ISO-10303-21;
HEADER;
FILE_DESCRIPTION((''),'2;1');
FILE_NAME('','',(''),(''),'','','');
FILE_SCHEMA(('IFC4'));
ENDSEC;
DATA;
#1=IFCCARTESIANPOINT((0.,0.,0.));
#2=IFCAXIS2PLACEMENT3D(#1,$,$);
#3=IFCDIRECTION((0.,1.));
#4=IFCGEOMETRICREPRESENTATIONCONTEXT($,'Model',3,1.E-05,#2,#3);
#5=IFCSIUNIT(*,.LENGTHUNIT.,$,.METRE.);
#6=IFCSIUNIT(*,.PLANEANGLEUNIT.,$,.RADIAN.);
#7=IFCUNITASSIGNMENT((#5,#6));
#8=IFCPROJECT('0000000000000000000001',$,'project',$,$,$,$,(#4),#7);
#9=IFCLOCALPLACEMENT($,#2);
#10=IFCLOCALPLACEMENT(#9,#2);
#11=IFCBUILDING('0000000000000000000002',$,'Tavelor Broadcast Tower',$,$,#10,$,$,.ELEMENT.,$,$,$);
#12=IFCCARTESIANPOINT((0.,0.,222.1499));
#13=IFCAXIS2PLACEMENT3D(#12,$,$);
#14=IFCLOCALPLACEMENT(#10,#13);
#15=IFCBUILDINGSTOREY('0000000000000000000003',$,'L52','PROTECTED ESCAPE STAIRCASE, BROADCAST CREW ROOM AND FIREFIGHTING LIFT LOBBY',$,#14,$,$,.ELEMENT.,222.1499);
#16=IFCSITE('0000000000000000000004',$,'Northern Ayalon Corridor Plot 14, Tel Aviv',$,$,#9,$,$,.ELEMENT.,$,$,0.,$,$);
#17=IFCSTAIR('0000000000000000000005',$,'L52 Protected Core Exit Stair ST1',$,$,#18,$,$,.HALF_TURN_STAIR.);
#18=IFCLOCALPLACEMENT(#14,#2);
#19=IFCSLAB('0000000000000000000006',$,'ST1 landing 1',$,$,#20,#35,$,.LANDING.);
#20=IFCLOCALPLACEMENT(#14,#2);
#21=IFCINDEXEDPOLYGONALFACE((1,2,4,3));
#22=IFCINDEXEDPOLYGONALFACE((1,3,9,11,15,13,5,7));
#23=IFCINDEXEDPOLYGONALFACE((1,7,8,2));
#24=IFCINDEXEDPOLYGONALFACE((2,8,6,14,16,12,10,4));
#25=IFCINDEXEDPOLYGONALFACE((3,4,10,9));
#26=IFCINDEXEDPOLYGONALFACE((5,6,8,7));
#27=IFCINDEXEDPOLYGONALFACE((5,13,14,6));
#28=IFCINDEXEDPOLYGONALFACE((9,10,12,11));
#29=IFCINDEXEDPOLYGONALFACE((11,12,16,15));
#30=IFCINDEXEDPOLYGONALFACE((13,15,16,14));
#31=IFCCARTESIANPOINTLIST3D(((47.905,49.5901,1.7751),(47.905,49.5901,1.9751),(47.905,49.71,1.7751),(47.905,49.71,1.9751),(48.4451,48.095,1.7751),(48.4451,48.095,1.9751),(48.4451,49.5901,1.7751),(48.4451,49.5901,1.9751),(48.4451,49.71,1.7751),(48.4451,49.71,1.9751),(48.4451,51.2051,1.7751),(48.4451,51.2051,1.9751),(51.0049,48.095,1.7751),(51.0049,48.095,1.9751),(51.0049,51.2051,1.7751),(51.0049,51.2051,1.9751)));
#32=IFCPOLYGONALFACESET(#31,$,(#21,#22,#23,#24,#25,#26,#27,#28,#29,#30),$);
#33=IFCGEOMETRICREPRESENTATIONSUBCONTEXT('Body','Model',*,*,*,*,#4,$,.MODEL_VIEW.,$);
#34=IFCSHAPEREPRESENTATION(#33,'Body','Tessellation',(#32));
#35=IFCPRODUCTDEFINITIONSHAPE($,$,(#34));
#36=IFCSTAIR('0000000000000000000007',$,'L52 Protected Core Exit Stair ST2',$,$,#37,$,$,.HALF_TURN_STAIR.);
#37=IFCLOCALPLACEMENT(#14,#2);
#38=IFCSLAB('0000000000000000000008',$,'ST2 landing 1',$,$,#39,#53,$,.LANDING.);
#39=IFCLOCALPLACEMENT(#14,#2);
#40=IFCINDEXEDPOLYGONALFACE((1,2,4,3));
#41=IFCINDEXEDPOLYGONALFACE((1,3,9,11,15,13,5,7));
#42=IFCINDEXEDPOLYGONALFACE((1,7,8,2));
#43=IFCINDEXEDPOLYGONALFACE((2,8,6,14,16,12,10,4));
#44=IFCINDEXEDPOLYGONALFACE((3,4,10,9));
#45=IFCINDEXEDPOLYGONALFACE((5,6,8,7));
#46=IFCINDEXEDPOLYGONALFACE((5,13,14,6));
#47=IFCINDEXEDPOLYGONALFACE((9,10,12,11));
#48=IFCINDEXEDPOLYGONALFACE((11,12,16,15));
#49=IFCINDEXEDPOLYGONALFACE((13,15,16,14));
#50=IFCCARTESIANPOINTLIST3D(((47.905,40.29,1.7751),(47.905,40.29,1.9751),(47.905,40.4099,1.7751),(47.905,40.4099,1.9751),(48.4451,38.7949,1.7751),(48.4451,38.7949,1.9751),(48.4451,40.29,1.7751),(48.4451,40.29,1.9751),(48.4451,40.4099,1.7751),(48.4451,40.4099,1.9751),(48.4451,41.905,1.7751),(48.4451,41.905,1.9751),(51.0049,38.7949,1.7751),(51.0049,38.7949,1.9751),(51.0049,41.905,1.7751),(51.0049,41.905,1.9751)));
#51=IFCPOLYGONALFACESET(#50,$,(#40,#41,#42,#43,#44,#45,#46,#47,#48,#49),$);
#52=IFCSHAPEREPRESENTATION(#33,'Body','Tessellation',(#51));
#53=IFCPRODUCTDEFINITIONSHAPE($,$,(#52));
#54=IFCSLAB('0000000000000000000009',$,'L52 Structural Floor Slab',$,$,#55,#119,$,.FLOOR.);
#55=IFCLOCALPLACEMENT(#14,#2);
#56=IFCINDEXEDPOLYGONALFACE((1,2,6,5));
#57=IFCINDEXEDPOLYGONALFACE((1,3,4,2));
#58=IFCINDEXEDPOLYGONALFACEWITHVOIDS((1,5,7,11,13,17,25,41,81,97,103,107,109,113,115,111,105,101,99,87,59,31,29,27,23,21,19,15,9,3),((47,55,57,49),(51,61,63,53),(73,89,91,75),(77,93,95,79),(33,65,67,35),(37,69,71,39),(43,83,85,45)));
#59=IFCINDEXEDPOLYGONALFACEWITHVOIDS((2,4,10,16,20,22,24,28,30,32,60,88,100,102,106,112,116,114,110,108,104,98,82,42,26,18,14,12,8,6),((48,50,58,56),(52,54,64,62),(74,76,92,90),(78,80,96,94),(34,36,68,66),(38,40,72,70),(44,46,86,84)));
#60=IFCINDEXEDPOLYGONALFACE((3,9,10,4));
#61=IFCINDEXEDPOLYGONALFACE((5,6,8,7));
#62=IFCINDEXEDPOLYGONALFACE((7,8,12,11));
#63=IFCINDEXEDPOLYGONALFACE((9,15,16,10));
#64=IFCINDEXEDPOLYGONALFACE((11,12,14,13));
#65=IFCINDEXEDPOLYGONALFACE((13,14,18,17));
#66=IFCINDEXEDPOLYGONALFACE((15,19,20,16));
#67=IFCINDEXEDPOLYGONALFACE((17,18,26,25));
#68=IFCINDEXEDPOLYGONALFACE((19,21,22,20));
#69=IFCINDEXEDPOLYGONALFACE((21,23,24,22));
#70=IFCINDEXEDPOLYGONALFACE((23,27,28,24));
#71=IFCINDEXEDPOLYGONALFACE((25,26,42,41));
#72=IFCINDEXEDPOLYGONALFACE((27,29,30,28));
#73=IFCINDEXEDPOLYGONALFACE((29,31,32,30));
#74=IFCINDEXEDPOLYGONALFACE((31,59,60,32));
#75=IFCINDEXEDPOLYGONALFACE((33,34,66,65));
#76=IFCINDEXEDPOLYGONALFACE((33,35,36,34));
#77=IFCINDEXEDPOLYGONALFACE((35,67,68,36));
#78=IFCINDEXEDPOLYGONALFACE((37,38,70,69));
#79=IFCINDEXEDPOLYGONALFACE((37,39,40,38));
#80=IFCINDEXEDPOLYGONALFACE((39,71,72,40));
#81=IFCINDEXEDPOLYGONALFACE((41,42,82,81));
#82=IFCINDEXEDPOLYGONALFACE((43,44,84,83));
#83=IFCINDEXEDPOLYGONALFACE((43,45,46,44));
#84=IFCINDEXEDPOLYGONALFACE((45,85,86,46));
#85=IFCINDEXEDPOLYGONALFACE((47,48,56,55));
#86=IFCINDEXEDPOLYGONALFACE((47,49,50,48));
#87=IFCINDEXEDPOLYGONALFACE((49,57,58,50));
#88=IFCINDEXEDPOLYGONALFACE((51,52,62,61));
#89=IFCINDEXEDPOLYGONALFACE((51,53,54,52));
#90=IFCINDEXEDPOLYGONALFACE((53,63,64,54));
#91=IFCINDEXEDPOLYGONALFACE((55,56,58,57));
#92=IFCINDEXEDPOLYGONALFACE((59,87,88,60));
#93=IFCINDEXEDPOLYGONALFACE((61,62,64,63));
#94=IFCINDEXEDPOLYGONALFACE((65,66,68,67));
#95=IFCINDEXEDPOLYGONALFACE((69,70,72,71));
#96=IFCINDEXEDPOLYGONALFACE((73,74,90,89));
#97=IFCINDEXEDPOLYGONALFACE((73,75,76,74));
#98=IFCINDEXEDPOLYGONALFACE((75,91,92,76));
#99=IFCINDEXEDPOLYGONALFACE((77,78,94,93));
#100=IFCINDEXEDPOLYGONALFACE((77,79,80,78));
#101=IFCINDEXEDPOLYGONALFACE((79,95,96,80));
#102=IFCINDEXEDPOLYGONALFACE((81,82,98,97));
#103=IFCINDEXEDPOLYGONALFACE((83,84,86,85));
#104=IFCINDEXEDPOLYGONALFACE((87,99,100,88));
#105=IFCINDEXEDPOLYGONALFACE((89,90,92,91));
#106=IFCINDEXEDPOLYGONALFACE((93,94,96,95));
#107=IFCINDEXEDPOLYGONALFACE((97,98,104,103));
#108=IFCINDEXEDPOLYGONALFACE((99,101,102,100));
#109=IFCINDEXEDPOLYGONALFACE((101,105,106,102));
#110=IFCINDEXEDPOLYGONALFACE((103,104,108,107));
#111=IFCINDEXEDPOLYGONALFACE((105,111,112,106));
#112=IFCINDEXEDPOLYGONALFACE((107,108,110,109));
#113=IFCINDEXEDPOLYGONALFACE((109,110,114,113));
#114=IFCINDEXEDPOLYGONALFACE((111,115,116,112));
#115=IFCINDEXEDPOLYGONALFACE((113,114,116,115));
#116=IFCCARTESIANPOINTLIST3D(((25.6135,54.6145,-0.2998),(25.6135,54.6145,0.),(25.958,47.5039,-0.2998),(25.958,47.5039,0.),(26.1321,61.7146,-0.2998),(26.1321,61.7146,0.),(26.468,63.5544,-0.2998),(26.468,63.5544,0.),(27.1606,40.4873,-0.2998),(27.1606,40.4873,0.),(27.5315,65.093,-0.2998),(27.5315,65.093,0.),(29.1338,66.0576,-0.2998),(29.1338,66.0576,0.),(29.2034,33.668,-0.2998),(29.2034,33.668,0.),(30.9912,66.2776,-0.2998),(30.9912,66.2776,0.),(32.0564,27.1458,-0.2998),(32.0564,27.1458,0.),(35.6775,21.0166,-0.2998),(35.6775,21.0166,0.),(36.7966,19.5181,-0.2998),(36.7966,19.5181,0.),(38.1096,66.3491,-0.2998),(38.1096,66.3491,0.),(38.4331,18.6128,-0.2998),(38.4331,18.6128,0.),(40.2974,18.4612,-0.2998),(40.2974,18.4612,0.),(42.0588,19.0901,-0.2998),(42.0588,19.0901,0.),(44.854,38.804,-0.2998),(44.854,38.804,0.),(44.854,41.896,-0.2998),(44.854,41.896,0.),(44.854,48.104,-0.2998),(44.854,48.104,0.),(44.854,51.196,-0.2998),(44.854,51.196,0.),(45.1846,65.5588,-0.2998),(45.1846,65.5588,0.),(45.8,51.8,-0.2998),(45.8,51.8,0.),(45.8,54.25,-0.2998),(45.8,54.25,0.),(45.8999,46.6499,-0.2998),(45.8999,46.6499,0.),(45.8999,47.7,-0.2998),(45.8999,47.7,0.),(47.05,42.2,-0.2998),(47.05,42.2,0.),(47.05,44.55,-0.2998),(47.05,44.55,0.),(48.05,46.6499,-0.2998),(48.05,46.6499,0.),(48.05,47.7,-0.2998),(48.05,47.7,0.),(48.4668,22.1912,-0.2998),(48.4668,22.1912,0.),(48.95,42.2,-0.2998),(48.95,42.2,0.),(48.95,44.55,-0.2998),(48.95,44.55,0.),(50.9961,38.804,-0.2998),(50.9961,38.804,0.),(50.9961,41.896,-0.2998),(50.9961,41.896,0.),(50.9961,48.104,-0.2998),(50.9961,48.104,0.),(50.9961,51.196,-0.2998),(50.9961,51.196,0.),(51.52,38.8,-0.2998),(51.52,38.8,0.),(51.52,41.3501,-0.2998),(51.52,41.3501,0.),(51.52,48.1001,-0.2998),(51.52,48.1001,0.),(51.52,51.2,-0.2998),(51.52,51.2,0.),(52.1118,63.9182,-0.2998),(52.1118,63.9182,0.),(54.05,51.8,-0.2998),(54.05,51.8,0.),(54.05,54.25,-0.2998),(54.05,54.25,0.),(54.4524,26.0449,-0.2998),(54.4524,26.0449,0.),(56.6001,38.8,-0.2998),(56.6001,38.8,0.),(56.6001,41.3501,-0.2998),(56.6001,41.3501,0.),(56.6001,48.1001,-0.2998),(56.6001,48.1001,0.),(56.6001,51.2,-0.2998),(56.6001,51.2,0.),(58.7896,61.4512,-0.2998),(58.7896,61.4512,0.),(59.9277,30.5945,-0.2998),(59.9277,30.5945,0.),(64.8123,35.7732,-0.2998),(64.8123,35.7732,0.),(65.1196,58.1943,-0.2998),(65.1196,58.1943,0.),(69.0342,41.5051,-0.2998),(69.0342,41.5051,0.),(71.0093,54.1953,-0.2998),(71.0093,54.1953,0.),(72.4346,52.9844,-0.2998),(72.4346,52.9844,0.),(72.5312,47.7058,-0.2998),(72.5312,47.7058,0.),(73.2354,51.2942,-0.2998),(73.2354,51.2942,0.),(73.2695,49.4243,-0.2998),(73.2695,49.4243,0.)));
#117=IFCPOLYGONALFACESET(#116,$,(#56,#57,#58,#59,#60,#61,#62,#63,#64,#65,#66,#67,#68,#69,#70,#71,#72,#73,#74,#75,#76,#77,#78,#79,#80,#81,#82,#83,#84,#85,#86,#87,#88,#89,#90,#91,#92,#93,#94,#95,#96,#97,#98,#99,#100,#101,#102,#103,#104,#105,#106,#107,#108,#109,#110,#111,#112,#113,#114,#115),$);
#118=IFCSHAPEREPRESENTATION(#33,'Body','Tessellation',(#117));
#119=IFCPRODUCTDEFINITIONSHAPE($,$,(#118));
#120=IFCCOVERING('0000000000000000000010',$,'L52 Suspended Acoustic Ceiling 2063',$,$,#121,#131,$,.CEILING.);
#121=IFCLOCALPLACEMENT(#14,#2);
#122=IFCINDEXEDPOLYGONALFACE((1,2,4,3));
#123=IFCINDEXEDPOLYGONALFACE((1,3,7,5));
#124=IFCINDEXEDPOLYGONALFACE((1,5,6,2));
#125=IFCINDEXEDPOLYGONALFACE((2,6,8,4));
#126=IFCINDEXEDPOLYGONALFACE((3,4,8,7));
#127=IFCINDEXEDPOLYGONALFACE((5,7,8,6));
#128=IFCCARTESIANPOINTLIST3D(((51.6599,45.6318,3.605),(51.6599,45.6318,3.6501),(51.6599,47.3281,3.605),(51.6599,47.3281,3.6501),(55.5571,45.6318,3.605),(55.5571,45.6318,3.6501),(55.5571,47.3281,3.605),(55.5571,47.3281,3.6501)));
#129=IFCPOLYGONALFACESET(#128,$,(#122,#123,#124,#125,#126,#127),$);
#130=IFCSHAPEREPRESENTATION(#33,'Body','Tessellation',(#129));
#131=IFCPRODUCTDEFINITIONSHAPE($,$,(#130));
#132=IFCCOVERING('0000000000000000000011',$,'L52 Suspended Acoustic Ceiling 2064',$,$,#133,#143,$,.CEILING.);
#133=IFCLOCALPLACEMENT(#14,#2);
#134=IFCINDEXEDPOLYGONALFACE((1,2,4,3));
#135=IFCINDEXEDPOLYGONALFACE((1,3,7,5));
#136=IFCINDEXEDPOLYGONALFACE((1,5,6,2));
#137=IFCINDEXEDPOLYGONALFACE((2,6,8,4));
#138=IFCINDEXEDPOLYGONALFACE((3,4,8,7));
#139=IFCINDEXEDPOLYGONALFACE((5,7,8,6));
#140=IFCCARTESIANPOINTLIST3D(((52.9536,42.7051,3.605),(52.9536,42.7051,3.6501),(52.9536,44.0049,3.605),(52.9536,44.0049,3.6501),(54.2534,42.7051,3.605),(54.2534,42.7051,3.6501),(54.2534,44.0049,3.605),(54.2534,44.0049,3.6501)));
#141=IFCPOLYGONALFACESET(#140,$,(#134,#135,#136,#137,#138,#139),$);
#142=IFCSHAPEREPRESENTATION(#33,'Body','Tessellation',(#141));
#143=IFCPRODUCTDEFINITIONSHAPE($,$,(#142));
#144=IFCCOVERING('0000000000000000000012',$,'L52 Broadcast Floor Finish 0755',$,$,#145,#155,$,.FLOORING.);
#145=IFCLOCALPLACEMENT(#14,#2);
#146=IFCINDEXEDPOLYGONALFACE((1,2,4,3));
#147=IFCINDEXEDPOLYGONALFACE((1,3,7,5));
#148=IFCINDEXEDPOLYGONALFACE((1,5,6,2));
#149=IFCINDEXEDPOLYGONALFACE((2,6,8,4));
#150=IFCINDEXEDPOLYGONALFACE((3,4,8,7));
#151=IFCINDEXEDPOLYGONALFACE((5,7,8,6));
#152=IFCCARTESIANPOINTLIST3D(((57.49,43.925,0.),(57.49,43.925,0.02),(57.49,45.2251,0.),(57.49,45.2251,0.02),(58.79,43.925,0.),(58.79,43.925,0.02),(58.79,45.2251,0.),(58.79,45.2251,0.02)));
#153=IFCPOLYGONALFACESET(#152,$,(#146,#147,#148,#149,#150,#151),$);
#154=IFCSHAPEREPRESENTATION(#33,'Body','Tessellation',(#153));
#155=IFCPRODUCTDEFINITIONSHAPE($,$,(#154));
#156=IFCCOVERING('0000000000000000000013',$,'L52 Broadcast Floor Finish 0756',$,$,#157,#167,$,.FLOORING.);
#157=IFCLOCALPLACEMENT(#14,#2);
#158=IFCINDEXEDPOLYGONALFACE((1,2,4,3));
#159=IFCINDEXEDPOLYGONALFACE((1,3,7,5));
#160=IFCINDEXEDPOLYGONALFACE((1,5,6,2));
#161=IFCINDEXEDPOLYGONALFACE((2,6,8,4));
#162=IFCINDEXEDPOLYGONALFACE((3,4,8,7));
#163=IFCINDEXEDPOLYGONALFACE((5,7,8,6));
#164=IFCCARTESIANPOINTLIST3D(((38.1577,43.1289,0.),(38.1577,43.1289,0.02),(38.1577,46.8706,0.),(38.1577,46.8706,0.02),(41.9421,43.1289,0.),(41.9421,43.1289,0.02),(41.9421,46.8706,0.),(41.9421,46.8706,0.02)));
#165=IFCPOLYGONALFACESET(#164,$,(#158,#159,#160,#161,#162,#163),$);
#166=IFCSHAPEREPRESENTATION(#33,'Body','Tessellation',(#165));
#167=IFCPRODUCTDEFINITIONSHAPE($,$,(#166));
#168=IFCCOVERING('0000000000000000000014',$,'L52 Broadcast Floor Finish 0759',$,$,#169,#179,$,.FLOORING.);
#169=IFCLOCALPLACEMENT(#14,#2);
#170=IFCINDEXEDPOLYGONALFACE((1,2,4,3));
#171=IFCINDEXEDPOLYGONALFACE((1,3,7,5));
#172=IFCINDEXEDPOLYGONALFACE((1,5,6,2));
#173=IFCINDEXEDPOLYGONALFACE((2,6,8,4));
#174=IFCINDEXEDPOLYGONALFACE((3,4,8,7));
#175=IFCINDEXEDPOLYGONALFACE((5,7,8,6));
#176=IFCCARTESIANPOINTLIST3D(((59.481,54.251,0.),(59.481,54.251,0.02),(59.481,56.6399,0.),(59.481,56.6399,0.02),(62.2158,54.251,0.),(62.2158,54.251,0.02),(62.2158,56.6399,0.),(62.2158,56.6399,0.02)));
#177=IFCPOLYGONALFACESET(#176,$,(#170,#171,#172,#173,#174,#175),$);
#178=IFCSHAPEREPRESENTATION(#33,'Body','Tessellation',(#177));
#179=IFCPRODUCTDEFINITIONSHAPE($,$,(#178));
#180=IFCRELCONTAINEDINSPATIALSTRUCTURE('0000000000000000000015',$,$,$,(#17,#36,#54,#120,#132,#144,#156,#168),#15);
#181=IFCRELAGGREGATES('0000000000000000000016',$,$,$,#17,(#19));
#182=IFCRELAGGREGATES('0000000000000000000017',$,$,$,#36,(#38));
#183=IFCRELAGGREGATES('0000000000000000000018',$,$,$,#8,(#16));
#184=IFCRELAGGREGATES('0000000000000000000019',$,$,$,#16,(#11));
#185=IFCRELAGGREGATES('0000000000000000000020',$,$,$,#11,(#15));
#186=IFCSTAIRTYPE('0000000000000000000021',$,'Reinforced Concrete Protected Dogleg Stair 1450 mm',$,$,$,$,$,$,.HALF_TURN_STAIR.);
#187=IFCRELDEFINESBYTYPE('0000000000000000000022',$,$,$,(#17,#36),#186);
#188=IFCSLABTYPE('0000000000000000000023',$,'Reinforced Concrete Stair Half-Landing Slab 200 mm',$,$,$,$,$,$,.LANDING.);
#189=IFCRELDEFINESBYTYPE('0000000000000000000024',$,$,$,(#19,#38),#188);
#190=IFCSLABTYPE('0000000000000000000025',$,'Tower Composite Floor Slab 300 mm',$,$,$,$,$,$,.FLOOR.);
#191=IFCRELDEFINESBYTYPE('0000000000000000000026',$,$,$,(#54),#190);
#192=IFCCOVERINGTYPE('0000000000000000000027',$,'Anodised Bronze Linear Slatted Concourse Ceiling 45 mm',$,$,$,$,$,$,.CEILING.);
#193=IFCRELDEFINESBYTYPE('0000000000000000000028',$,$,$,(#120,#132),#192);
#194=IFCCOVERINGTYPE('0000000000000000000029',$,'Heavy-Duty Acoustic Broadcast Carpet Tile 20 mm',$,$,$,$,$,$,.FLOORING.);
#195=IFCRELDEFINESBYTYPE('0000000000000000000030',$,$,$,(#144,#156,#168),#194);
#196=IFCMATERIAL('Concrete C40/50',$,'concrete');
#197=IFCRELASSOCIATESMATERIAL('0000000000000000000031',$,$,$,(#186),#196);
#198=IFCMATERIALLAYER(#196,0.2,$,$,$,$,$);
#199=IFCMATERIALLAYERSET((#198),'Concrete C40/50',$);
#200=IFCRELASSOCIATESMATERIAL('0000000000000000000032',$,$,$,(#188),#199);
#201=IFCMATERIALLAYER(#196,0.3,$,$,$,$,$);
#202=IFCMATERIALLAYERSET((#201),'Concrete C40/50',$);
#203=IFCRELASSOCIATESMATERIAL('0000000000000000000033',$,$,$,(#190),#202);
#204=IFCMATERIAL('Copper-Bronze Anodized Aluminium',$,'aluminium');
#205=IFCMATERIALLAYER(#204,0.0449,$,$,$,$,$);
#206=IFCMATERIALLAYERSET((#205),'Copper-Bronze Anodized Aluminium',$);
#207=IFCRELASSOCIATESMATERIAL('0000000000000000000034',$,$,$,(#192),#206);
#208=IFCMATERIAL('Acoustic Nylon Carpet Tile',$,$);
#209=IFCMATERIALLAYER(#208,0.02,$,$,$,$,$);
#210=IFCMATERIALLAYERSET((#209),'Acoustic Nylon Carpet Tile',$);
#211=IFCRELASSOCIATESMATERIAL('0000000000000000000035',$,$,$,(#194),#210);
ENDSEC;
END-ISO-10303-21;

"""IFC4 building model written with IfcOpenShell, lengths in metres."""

from ifc_helpers import new_model, si_unit, direction, frame, origin, place, context, subcontext, project, spatial, polyline, outline, extrude, material, layer, layer_set, type_object, element, aggregate, save


model = new_model("IFC4")

# Units and contexts
model_context = context("Model", 3, precision=1e-05, world=origin(), true_north=direction((0.0, 1.0)))
body_context = subcontext(model_context, "Body", "Model", "MODEL_VIEW")
ifc_project = project(units=[si_unit("LENGTHUNIT", "METRE"), si_unit("PLANEANGLEUNIT", "RADIAN")], contexts=[model_context])

# Site, building, storey
site_placement = place(None, origin())
site = spatial("IfcSite", under=ifc_project, at=site_placement, Name="Northern Ayalon Corridor Plot 14, Tel Aviv", CompositionType="ELEMENT", RefElevation=0.0)
building_placement = place(site_placement, origin())
building = spatial("IfcBuilding", under=site, at=building_placement, Name="Tavelor Broadcast Tower", CompositionType="ELEMENT")
storey_placement = place(building_placement, frame((0.0, 0.0, 222.1499)))
storey = spatial("IfcBuildingStorey", under=building, at=storey_placement, Name="L52", Description="PROTECTED ESCAPE STAIRCASE, BROADCAST CREW ROOM AND FIREFIGHTING LIFT LOBBY", CompositionType="ELEMENT", Elevation=222.1499)

# Stairs, slabs
ifc_material_1 = material(Name="Concrete C40/50", Category="concrete")
stair_type = type_object("IfcStairType", Name="Reinforced Concrete Protected Dogleg Stair 1450 mm", PredefinedType="HALF_TURN_STAIR", material=ifc_material_1)
stair_1_placement = place(storey_placement, origin())
stair_1 = element("IfcStair", 1, at=stair_1_placement, inside=storey, type_object=stair_type, Name="L52 Protected Core Exit Stair ST1", PredefinedType="HALF_TURN_STAIR")
ifc_layer_1 = layer(ifc_material_1, 0.2)
ifc_layer_set_1 = layer_set([ifc_layer_1], Name="Concrete C40/50")
slab_type_1 = type_object("IfcSlabType", Name="Reinforced Concrete Stair Half-Landing Slab 200 mm", PredefinedType="LANDING", material=ifc_layer_set_1)
slab_1_placement = place(storey_placement, frame((0.0, 0.0, 1.7751)))
slab_1 = element("IfcSlab", 2, at=slab_1_placement, type_object=slab_type_1, Name="ST1 landing 1", PredefinedType="LANDING", context=body_context, shape_type="SweptSolid", body=[
    extrude(outline(polyline([(48.4451, 49.5901), (48.4451, 48.095), (51.0049, 48.095), (51.0049, 51.2051), (48.4451, 51.2051), (48.4451, 49.71), (47.905, 49.71), (47.905, 49.5901), (48.4451, 49.5901)])), origin(), (0.0, 0.0, 1.0), 0.2),
])
aggregate(stair_1, [slab_1])
stair_2_placement = place(storey_placement, origin())
stair_2 = element("IfcStair", 3, at=stair_2_placement, inside=storey, type_object=stair_type, Name="L52 Protected Core Exit Stair ST2", PredefinedType="HALF_TURN_STAIR")
slab_2_placement = place(storey_placement, frame((0.0, 0.0, 1.7751)))
slab_2 = element("IfcSlab", 4, at=slab_2_placement, type_object=slab_type_1, Name="ST2 landing 1", PredefinedType="LANDING", context=body_context, shape_type="SweptSolid", body=[
    extrude(outline(polyline([(48.4451, 40.29), (48.4451, 38.7949), (51.0049, 38.7949), (51.0049, 41.905), (48.4451, 41.905), (48.4451, 40.4099), (47.905, 40.4099), (47.905, 40.29), (48.4451, 40.29)])), origin(), (0.0, 0.0, 1.0), 0.2),
])
aggregate(stair_2, [slab_2])

# Slab
ifc_layer_2 = layer(ifc_material_1, 0.3)
ifc_layer_set_2 = layer_set([ifc_layer_2], Name="Concrete C40/50")
slab_type_2 = type_object("IfcSlabType", Name="Tower Composite Floor Slab 300 mm", PredefinedType="FLOOR", material=ifc_layer_set_2)
slab_3_placement = place(storey_placement, frame((0.0, 0.0, -0.2998)))
element("IfcSlab", 5, at=slab_3_placement, inside=storey, type_object=slab_type_2, Name="L52 Structural Floor Slab", PredefinedType="FLOOR", context=body_context, shape_type="SweptSolid", body=[
    extrude(outline(polyline([(30.9912, 66.2776), (29.1338, 66.0576), (27.5315, 65.093), (26.468, 63.5544), (26.1321, 61.7146), (25.6135, 54.6145), (25.958, 47.5039), (27.1606, 40.4873), (29.2034, 33.668), (32.0564, 27.1458), (35.6775, 21.0166), (36.7966, 19.5181), (38.4331, 18.6128), (40.2974, 18.4612), (42.0588, 19.0901), (48.4668, 22.1912), (54.4524, 26.0449), (59.9277, 30.5945), (64.8123, 35.7732), (69.0342, 41.5051), (72.5312, 47.7058), (73.2695, 49.4243), (73.2354, 51.2942), (72.4346, 52.9844), (71.0093, 54.1953), (65.1196, 58.1943), (58.7896, 61.4512), (52.1118, 63.9182), (45.1846, 65.5588), (38.1096, 66.3491), (30.9912, 66.2776)]), holes=[polyline([(56.6001, 41.3501), (56.6001, 38.8), (51.52, 38.8), (51.52, 41.3501), (56.6001, 41.3501)]), polyline([(50.9961, 38.804), (44.854, 38.804), (44.854, 41.896), (50.9961, 41.896), (50.9961, 38.804)]), polyline([(47.05, 42.2), (47.05, 44.55), (48.95, 44.55), (48.95, 42.2), (47.05, 42.2)]), polyline([(48.05, 46.6499), (45.8999, 46.6499), (45.8999, 47.7), (48.05, 47.7), (48.05, 46.6499)]), polyline([(50.9961, 48.104), (44.854, 48.104), (44.854, 51.196), (50.9961, 51.196), (50.9961, 48.104)]), polyline([(56.6001, 48.1001), (51.52, 48.1001), (51.52, 51.2), (56.6001, 51.2), (56.6001, 48.1001)]), polyline([(54.05, 51.8), (45.8, 51.8), (45.8, 54.25), (54.05, 54.25), (54.05, 51.8)])]), origin(), (0.0, 0.0, 1.0), 0.2998),
])

# Coverings
ifc_material_2 = material(Name="Copper-Bronze Anodized Aluminium", Category="aluminium")
ifc_layer_3 = layer(ifc_material_2, 0.0449)
ifc_layer_set_3 = layer_set([ifc_layer_3], Name="Copper-Bronze Anodized Aluminium")
covering_type_1 = type_object("IfcCoveringType", Name="Anodised Bronze Linear Slatted Concourse Ceiling 45 mm", PredefinedType="CEILING", material=ifc_layer_set_3)
covering_1_placement = place(storey_placement, frame((0.0, 0.0, 3.605)))
element("IfcCovering", 6, at=covering_1_placement, inside=storey, type_object=covering_type_1, Name="L52 Suspended Acoustic Ceiling 2063", PredefinedType="CEILING", context=body_context, shape_type="SweptSolid", body=[
    extrude(outline(polyline([(51.6599, 45.6318), (55.5571, 45.6318), (55.5571, 47.3281), (51.6599, 47.3281), (51.6599, 45.6318)])), origin(), (0.0, 0.0, 1.0), 0.0452),
])
covering_2_placement = place(storey_placement, frame((0.0, 0.0, 3.605)))
element("IfcCovering", 7, at=covering_2_placement, inside=storey, type_object=covering_type_1, Name="L52 Suspended Acoustic Ceiling 2064", PredefinedType="CEILING", context=body_context, shape_type="SweptSolid", body=[
    extrude(outline(polyline([(52.9536, 42.7051), (54.2534, 42.7051), (54.2534, 44.0049), (52.9536, 44.0049), (52.9536, 42.7051)])), origin(), (0.0, 0.0, 1.0), 0.0452),
])
ifc_material_3 = material(Name="Acoustic Nylon Carpet Tile")
ifc_layer_4 = layer(ifc_material_3, 0.02)
ifc_layer_set_4 = layer_set([ifc_layer_4], Name="Acoustic Nylon Carpet Tile")
covering_type_2 = type_object("IfcCoveringType", Name="Heavy-Duty Acoustic Broadcast Carpet Tile 20 mm", PredefinedType="FLOORING", material=ifc_layer_set_4)
covering_3_placement = place(storey_placement, origin())
element("IfcCovering", 8, at=covering_3_placement, inside=storey, type_object=covering_type_2, Name="L52 Broadcast Floor Finish 0755", PredefinedType="FLOORING", context=body_context, shape_type="SweptSolid", body=[
    extrude(outline(polyline([(57.49, 43.925), (58.79, 43.925), (58.79, 45.2251), (57.49, 45.2251), (57.49, 43.925)])), origin(), (0.0, 0.0, 1.0), 0.02),
])
covering_4_placement = place(storey_placement, origin())
element("IfcCovering", 9, at=covering_4_placement, inside=storey, type_object=covering_type_2, Name="L52 Broadcast Floor Finish 0756", PredefinedType="FLOORING", context=body_context, shape_type="SweptSolid", body=[
    extrude(outline(polyline([(38.1577, 43.1289), (41.9421, 43.1289), (41.9421, 46.8706), (38.1577, 46.8706), (38.1577, 43.1289)])), origin(), (0.0, 0.0, 1.0), 0.02),
])
covering_5_placement = place(storey_placement, origin())
element("IfcCovering", 10, at=covering_5_placement, inside=storey, type_object=covering_type_2, Name="L52 Broadcast Floor Finish 0759", PredefinedType="FLOORING", context=body_context, shape_type="SweptSolid", body=[
    extrude(outline(polyline([(59.481, 54.251), (62.2158, 54.251), (62.2158, 56.6399), (59.481, 56.6399), (59.481, 54.251)])), origin(), (0.0, 0.0, 1.0), 0.02),
])

save(model, "model.ifc")
